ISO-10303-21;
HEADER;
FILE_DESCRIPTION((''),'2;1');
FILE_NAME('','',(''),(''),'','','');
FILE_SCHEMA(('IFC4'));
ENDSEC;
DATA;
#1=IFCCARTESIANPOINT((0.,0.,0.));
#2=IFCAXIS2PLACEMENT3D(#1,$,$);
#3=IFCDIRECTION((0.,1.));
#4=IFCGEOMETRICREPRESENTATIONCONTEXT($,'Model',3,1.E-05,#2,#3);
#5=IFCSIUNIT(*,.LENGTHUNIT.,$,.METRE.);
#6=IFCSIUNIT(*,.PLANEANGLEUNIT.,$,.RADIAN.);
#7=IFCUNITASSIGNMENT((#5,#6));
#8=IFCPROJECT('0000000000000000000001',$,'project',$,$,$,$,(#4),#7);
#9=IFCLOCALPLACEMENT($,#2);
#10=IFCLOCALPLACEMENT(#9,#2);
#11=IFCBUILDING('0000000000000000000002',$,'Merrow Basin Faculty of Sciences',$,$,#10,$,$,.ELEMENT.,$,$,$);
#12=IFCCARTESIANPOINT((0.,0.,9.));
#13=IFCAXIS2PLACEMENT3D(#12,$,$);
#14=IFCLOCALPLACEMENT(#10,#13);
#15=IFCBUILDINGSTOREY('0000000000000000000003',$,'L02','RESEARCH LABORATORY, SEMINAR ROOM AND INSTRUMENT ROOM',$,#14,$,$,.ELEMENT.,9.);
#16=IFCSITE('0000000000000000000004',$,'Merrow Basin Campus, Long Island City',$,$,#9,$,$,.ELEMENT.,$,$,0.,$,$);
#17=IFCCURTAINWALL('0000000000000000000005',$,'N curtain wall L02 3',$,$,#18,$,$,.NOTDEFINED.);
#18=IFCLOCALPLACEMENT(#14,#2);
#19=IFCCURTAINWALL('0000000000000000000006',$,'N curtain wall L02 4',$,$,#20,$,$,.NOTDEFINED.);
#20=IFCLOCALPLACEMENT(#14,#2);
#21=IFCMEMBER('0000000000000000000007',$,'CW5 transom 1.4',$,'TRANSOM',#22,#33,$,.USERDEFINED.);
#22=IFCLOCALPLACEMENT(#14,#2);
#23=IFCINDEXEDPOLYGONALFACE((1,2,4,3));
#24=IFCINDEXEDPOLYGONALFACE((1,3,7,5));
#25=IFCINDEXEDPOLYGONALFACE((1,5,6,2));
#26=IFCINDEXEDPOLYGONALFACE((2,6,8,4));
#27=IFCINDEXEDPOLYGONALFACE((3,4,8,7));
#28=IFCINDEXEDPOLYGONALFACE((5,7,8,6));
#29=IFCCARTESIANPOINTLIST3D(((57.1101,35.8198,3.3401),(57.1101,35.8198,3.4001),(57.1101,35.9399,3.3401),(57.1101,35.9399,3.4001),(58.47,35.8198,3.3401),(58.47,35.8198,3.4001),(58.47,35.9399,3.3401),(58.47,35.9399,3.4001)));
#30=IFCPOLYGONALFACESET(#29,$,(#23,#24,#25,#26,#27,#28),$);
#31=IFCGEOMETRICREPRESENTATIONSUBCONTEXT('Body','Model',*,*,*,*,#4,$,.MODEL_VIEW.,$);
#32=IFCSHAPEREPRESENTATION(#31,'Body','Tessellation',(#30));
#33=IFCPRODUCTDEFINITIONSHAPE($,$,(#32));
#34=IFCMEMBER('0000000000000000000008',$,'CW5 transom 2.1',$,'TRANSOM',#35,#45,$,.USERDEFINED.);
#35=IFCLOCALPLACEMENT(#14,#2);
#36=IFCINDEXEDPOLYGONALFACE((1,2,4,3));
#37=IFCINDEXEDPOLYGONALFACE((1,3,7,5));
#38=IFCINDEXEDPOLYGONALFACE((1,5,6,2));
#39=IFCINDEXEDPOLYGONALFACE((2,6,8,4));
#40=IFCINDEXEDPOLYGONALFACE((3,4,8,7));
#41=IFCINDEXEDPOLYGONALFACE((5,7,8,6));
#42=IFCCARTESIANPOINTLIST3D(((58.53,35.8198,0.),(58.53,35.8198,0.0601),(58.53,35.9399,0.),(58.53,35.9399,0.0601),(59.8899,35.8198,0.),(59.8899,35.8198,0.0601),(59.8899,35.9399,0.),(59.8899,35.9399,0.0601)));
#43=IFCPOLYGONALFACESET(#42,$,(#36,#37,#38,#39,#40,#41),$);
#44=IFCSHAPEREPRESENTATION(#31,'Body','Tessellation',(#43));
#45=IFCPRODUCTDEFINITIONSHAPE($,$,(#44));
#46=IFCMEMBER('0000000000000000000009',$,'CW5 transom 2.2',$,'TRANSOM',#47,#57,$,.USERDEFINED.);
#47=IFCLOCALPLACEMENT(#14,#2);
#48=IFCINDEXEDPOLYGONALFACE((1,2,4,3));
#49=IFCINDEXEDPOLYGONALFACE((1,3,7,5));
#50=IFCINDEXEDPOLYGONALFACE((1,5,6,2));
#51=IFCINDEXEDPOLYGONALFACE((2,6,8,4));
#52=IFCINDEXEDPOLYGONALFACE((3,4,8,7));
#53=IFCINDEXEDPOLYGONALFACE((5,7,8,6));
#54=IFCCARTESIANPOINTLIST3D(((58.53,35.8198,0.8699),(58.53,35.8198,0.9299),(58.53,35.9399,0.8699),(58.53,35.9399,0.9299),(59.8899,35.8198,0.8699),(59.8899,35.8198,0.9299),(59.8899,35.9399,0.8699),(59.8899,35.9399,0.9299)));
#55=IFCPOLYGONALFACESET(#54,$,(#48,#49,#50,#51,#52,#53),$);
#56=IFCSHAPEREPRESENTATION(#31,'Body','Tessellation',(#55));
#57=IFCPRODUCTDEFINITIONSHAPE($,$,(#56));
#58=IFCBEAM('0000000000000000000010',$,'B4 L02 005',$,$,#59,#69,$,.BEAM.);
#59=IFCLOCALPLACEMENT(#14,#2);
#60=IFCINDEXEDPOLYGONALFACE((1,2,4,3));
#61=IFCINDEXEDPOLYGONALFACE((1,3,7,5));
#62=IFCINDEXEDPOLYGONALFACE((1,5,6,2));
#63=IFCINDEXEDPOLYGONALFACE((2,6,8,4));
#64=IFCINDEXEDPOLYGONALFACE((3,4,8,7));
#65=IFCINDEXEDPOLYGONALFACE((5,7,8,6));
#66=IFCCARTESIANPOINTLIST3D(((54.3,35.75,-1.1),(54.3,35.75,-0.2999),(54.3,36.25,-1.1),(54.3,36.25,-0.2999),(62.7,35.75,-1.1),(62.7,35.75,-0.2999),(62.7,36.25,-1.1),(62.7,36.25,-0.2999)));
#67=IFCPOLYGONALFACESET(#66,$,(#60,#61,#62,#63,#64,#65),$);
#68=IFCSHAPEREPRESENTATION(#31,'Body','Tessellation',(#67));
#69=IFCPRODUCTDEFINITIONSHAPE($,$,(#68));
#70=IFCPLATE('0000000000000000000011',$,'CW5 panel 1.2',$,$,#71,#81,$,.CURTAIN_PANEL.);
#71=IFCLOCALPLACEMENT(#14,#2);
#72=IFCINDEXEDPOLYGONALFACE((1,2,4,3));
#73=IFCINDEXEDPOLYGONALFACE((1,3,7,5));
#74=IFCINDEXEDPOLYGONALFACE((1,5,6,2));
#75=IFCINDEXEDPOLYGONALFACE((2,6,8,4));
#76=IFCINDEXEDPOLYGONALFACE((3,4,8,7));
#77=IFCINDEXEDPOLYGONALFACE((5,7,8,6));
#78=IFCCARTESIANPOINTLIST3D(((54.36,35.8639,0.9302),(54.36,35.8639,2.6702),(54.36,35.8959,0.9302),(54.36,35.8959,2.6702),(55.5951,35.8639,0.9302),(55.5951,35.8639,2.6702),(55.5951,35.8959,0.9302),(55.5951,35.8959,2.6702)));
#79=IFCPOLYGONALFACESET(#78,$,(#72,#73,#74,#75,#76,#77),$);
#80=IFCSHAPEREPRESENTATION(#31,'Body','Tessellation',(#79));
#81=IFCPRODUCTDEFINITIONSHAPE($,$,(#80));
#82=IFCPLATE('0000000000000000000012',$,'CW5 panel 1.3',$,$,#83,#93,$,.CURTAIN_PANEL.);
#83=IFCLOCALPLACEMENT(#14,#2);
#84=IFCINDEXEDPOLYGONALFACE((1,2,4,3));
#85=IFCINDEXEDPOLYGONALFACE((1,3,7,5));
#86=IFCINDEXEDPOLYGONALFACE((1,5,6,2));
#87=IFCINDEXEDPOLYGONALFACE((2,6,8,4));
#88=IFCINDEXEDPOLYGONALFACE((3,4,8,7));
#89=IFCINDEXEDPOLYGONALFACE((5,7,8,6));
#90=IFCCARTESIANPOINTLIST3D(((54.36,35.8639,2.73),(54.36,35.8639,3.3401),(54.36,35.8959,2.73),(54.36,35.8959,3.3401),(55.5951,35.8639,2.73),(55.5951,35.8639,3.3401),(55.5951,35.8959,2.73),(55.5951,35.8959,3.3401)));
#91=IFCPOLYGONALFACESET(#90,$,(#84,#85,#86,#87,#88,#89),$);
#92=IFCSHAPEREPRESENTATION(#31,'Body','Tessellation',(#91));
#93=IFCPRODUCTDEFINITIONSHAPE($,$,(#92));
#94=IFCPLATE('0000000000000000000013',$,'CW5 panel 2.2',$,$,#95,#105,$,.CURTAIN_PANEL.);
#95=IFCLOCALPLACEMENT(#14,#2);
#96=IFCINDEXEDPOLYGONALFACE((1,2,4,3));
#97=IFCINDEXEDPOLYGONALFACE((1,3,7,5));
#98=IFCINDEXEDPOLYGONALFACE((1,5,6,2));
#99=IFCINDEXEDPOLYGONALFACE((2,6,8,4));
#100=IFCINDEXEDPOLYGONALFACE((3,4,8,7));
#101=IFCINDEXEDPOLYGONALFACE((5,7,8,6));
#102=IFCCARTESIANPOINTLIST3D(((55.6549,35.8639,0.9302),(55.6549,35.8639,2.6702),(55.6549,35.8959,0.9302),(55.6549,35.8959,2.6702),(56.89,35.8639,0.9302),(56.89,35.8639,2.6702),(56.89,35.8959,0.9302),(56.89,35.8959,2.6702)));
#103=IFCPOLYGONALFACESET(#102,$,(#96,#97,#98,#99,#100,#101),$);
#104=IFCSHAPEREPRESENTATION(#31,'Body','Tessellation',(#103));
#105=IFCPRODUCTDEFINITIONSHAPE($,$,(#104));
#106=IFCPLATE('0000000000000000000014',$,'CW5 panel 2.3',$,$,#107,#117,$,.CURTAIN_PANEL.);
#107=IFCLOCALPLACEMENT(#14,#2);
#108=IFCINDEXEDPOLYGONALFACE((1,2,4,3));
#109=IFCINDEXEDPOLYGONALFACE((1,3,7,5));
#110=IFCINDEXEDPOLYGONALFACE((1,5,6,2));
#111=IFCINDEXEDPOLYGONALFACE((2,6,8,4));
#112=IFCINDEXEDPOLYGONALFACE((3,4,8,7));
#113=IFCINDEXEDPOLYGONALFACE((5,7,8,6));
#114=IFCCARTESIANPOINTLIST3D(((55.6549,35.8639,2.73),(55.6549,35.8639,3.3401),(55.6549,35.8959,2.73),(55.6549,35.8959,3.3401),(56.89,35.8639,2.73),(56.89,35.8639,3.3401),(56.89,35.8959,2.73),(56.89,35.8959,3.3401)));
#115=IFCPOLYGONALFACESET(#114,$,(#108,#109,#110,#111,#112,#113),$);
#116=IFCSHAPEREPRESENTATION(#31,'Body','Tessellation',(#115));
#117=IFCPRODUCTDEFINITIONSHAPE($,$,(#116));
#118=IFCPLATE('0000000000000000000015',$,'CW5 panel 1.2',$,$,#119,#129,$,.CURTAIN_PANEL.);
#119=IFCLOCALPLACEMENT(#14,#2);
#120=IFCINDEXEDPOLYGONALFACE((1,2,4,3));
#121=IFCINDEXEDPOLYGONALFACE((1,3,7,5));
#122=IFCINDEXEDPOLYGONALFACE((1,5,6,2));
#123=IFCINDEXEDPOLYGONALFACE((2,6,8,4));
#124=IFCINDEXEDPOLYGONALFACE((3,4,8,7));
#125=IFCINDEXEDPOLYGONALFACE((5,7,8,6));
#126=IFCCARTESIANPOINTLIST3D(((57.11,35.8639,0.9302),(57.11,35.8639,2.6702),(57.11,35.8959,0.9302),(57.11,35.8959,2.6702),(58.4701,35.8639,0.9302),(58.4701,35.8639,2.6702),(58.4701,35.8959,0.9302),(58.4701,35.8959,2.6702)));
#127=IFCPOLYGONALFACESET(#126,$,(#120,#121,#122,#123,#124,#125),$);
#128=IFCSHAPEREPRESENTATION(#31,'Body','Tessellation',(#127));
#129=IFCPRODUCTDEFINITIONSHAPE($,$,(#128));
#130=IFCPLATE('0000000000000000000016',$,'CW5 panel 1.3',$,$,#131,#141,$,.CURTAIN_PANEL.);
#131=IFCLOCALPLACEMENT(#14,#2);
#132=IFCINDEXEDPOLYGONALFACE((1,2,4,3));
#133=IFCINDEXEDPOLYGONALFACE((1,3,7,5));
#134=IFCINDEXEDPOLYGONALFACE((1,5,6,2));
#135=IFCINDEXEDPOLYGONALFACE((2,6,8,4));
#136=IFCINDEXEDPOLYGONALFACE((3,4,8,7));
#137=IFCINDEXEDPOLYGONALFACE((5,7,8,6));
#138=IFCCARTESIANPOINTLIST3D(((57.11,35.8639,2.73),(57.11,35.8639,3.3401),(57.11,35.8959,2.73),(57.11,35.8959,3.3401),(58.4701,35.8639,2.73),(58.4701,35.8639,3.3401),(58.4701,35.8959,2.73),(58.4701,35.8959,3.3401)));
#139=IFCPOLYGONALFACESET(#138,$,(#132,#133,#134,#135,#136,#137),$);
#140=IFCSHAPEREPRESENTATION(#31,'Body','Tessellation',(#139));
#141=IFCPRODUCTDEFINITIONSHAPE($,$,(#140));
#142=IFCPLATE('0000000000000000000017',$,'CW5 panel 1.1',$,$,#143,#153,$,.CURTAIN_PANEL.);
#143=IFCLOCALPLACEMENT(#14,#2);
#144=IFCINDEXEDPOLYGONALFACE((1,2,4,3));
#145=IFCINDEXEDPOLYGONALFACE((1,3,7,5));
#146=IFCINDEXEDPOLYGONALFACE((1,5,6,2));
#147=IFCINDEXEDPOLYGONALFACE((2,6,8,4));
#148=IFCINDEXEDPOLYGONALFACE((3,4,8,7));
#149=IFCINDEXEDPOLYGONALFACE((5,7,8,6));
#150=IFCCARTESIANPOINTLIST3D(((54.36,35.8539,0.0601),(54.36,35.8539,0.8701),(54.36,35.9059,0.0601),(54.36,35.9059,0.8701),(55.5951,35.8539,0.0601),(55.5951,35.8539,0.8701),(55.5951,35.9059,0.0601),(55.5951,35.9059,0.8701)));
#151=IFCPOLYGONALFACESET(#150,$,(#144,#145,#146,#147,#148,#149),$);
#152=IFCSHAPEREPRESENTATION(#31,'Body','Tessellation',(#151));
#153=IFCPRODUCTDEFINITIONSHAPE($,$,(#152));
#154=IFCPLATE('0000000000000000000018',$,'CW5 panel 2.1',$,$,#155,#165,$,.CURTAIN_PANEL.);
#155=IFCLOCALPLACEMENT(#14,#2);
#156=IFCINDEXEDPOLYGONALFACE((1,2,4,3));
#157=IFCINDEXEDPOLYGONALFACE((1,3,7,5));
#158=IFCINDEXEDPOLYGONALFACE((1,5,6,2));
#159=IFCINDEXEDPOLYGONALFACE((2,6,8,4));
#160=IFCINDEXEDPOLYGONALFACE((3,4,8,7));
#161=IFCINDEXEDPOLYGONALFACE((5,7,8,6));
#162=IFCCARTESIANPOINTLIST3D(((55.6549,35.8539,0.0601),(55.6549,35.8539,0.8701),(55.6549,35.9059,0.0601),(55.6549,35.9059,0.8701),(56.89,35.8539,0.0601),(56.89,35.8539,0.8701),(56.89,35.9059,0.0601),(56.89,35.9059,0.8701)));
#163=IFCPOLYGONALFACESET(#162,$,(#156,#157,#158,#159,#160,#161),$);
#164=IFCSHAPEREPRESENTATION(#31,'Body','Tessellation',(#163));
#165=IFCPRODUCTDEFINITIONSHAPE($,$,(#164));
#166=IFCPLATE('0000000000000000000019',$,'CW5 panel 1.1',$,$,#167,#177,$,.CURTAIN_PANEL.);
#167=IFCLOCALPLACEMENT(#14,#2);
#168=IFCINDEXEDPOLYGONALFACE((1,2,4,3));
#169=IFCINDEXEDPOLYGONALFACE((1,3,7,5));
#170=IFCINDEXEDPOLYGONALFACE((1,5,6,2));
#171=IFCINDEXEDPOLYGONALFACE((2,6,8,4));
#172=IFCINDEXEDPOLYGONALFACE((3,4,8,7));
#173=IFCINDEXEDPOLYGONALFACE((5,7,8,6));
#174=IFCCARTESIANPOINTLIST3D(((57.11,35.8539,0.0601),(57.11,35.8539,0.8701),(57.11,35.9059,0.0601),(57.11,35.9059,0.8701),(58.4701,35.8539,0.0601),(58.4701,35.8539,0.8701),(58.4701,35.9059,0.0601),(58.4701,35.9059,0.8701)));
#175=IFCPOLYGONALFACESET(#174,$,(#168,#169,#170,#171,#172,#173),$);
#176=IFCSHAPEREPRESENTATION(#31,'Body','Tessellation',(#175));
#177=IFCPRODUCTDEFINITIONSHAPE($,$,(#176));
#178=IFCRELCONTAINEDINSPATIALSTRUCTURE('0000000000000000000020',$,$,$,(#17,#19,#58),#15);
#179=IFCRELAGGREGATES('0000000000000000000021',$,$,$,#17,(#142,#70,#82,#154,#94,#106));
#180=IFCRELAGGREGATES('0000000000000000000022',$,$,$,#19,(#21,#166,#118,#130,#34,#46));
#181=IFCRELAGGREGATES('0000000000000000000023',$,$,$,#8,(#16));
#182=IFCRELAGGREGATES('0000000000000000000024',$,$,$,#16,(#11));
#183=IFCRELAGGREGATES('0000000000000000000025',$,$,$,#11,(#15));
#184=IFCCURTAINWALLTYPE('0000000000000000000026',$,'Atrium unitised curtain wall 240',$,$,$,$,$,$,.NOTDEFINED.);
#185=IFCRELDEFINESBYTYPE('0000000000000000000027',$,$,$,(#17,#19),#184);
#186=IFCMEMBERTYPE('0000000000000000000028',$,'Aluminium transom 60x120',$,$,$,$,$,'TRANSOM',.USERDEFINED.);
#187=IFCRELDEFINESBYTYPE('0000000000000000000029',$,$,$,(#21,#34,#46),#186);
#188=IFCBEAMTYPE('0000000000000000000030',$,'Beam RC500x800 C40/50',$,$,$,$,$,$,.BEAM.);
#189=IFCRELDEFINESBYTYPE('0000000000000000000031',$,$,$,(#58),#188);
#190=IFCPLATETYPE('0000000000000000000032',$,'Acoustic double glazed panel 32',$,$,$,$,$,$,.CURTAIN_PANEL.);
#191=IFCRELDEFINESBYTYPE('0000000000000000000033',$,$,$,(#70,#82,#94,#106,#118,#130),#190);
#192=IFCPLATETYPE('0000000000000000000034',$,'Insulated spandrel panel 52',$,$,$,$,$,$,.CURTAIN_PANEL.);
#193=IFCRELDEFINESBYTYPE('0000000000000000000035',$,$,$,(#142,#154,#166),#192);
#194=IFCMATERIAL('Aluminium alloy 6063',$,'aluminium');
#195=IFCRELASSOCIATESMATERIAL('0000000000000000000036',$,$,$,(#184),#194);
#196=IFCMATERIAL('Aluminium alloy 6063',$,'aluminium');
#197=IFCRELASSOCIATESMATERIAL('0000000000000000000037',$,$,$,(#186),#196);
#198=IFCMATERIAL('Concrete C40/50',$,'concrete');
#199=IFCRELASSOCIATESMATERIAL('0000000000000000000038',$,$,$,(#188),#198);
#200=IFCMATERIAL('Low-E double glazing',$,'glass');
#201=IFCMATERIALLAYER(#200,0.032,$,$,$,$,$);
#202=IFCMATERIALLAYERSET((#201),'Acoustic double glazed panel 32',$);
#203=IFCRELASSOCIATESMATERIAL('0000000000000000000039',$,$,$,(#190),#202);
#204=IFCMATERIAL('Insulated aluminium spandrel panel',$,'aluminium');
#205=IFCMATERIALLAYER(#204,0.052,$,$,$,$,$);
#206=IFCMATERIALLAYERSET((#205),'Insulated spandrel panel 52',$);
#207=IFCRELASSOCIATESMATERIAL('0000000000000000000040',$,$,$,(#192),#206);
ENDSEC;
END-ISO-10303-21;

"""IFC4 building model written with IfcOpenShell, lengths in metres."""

from ifc_helpers import new_model, si_unit, direction, frame, origin, origin_2d, place, context, subcontext, project, spatial, rectangle, extrude, material, layer, layer_set, material_profile, profile_set, type_object, element, aggregate, save


model = new_model("IFC4")

# Units and contexts
model_context = context("Model", 3, precision=1e-05, world=origin(), true_north=direction((0.0, 1.0)))
body_context = subcontext(model_context, "Body", "Model", "MODEL_VIEW")
ifc_project = project(units=[si_unit("LENGTHUNIT", "METRE"), si_unit("PLANEANGLEUNIT", "RADIAN")], contexts=[model_context])

# Site, building, storey
site_placement = place(None, origin())
site = spatial("IfcSite", under=ifc_project, at=site_placement, Name="Merrow Basin Campus, Long Island City", CompositionType="ELEMENT", RefElevation=0.0)
building_placement = place(site_placement, origin())
building = spatial("IfcBuilding", under=site, at=building_placement, Name="Merrow Basin Faculty of Sciences", CompositionType="ELEMENT")
storey_placement = place(building_placement, frame((0.0, 0.0, 9.0)))
storey = spatial("IfcBuildingStorey", under=building, at=storey_placement, Name="L02", Description="RESEARCH LABORATORY, SEMINAR ROOM AND INSTRUMENT ROOM", CompositionType="ELEMENT", Elevation=9.0)

# Curtain walls
ifc_material_1 = material(Name="Aluminium alloy 6063", Category="aluminium")
curtain_wall_type = type_object("IfcCurtainWallType", Name="Atrium unitised curtain wall 240", PredefinedType="NOTDEFINED", material=ifc_material_1)
curtain_wall_1_placement = place(storey_placement, origin())
curtain_wall_1 = element("IfcCurtainWall", 1, at=curtain_wall_1_placement, inside=storey, type_object=curtain_wall_type, Name="N curtain wall L02 3", PredefinedType="NOTDEFINED")
curtain_wall_2_placement = place(storey_placement, origin())
curtain_wall_2 = element("IfcCurtainWall", 2, at=curtain_wall_2_placement, inside=storey, type_object=curtain_wall_type, Name="N curtain wall L02 4", PredefinedType="NOTDEFINED")

# Members
ifc_material_2 = material(Name="Aluminium alloy 6063", Category="aluminium")
ifc_material_profile_1 = material_profile(ifc_material_2, rectangle(XDim=0.1201, YDim=0.0601, at=origin_2d()))
ifc_profile_set_1 = profile_set([ifc_material_profile_1], Name="Aluminium alloy 6063")
member_type_1 = type_object("IfcMemberType", Name="Aluminium transom 60x120", ElementType="TRANSOM", PredefinedType="USERDEFINED", material=ifc_profile_set_1)
member_1_placement = place(storey_placement, frame((57.1101, 35.8799, 3.3701), z_axis=(1.0, 0.0, 0.0), x_axis=(0.0, 1.0, 0.0)))
member_1 = element("IfcMember", 3, at=member_1_placement, type_object=member_type_1, Name="CW5 transom 1.4", ObjectType="TRANSOM", PredefinedType="USERDEFINED", context=body_context, shape_type="SweptSolid", body=[
    extrude(rectangle(XDim=0.1201, YDim=0.0601, at=origin_2d()), origin(), (0.0, 0.0, 1.0), 1.3599),
])
member_2_placement = place(storey_placement, frame((58.53, 35.8799, 0.03), z_axis=(1.0, 0.0, 0.0), x_axis=(0.0, 1.0, 0.0)))
member_2 = element("IfcMember", 4, at=member_2_placement, type_object=member_type_1, Name="CW5 transom 2.1", ObjectType="TRANSOM", PredefinedType="USERDEFINED", context=body_context, shape_type="SweptSolid", body=[
    extrude(rectangle(XDim=0.1201, YDim=0.0601, at=origin_2d()), origin(), (0.0, 0.0, 1.0), 1.3599),
])
member_3_placement = place(storey_placement, frame((58.53, 35.8799, 0.8999), z_axis=(1.0, 0.0, 0.0), x_axis=(0.0, 1.0, 0.0)))
member_3 = element("IfcMember", 5, at=member_3_placement, type_object=member_type_1, Name="CW5 transom 2.2", ObjectType="TRANSOM", PredefinedType="USERDEFINED", context=body_context, shape_type="SweptSolid", body=[
    extrude(rectangle(XDim=0.1201, YDim=0.0601, at=origin_2d()), origin(), (0.0, 0.0, 1.0), 1.3599),
])

# Beam
ifc_material_3 = material(Name="Concrete C40/50", Category="concrete")
ifc_material_profile_2 = material_profile(ifc_material_3, rectangle(XDim=0.5, YDim=0.8, at=origin_2d()))
ifc_profile_set_2 = profile_set([ifc_material_profile_2], Name="Concrete C40/50")
beam_type = type_object("IfcBeamType", Name="Beam RC500x800 C40/50", PredefinedType="BEAM", material=ifc_profile_set_2)
beam_placement = place(storey_placement, frame((54.3, 36.0, -0.7), z_axis=(1.0, 0.0, 0.0), x_axis=(0.0, 1.0, 0.0)))
element("IfcBeam", 6, at=beam_placement, inside=storey, type_object=beam_type, Name="B4 L02 005", PredefinedType="BEAM", context=body_context, shape_type="SweptSolid", body=[
    extrude(rectangle(XDim=0.5, YDim=0.8, at=origin_2d()), origin(), (0.0, 0.0, 1.0), 8.3999),
])

# Plates
ifc_material_4 = material(Name="Low-E double glazing", Category="glass")
ifc_layer_1 = layer(ifc_material_4, 0.032)
ifc_layer_set_1 = layer_set([ifc_layer_1], Name="Acoustic double glazed panel 32")
plate_type_1 = type_object("IfcPlateType", Name="Acoustic double glazed panel 32", PredefinedType="CURTAIN_PANEL", material=ifc_layer_set_1)
plate_1_placement = place(storey_placement, frame((54.9775, 35.8799, 0.9302), z_axis=(0.0, 0.0, 1.0), x_axis=(1.0, 0.0, 0.0)))
plate_1 = element("IfcPlate", 7, at=plate_1_placement, type_object=plate_type_1, Name="CW5 panel 1.2", PredefinedType="CURTAIN_PANEL", context=body_context, shape_type="SweptSolid", body=[
    extrude(rectangle(XDim=1.2351, YDim=0.032, at=origin_2d()), origin(), (0.0, 0.0, 1.0), 1.74),
])
plate_2_placement = place(storey_placement, frame((54.9775, 35.8799, 2.73), z_axis=(0.0, 0.0, 1.0), x_axis=(1.0, 0.0, 0.0)))
plate_2 = element("IfcPlate", 8, at=plate_2_placement, type_object=plate_type_1, Name="CW5 panel 1.3", PredefinedType="CURTAIN_PANEL", context=body_context, shape_type="SweptSolid", body=[
    extrude(rectangle(XDim=1.2351, YDim=0.032, at=origin_2d()), origin(), (0.0, 0.0, 1.0), 0.6101),
])
plate_3_placement = place(storey_placement, frame((56.2725, 35.8799, 0.9302), z_axis=(0.0, 0.0, 1.0), x_axis=(1.0, 0.0, 0.0)))
plate_3 = element("IfcPlate", 9, at=plate_3_placement, type_object=plate_type_1, Name="CW5 panel 2.2", PredefinedType="CURTAIN_PANEL", context=body_context, shape_type="SweptSolid", body=[
    extrude(rectangle(XDim=1.2351, YDim=0.032, at=origin_2d()), origin(), (0.0, 0.0, 1.0), 1.74),
])
plate_4_placement = place(storey_placement, frame((56.2725, 35.8799, 2.73), z_axis=(0.0, 0.0, 1.0), x_axis=(1.0, 0.0, 0.0)))
plate_4 = element("IfcPlate", 10, at=plate_4_placement, type_object=plate_type_1, Name="CW5 panel 2.3", PredefinedType="CURTAIN_PANEL", context=body_context, shape_type="SweptSolid", body=[
    extrude(rectangle(XDim=1.2351, YDim=0.032, at=origin_2d()), origin(), (0.0, 0.0, 1.0), 0.6101),
])
plate_5_placement = place(storey_placement, frame((57.79, 35.8799, 0.9302), z_axis=(0.0, 0.0, 1.0), x_axis=(1.0, 0.0, 0.0)))
plate_5 = element("IfcPlate", 11, at=plate_5_placement, type_object=plate_type_1, Name="CW5 panel 1.2", PredefinedType="CURTAIN_PANEL", context=body_context, shape_type="SweptSolid", body=[
    extrude(rectangle(XDim=1.3601, YDim=0.032, at=origin_2d()), origin(), (0.0, 0.0, 1.0), 1.74),
])
plate_6_placement = place(storey_placement, frame((57.79, 35.8799, 2.73), z_axis=(0.0, 0.0, 1.0), x_axis=(1.0, 0.0, 0.0)))
plate_6 = element("IfcPlate", 12, at=plate_6_placement, type_object=plate_type_1, Name="CW5 panel 1.3", PredefinedType="CURTAIN_PANEL", context=body_context, shape_type="SweptSolid", body=[
    extrude(rectangle(XDim=1.3601, YDim=0.032, at=origin_2d()), origin(), (0.0, 0.0, 1.0), 0.6101),
])
ifc_material_5 = material(Name="Insulated aluminium spandrel panel", Category="aluminium")
ifc_layer_2 = layer(ifc_material_5, 0.052)
ifc_layer_set_2 = layer_set([ifc_layer_2], Name="Insulated spandrel panel 52")
plate_type_2 = type_object("IfcPlateType", Name="Insulated spandrel panel 52", PredefinedType="CURTAIN_PANEL", material=ifc_layer_set_2)
plate_7_placement = place(storey_placement, frame((54.9775, 35.8799, 0.0601), z_axis=(0.0, 0.0, 1.0), x_axis=(1.0, 0.0, 0.0)))
plate_7 = element("IfcPlate", 13, at=plate_7_placement, type_object=plate_type_2, Name="CW5 panel 1.1", PredefinedType="CURTAIN_PANEL", context=body_context, shape_type="SweptSolid", body=[
    extrude(rectangle(XDim=1.2351, YDim=0.052, at=origin_2d()), origin(), (0.0, 0.0, 1.0), 0.8101),
])
plate_8_placement = place(storey_placement, frame((56.2725, 35.8799, 0.0601), z_axis=(0.0, 0.0, 1.0), x_axis=(1.0, 0.0, 0.0)))
plate_8 = element("IfcPlate", 14, at=plate_8_placement, type_object=plate_type_2, Name="CW5 panel 2.1", PredefinedType="CURTAIN_PANEL", context=body_context, shape_type="SweptSolid", body=[
    extrude(rectangle(XDim=1.2351, YDim=0.052, at=origin_2d()), origin(), (0.0, 0.0, 1.0), 0.8101),
])
aggregate(curtain_wall_1, [plate_7, plate_1, plate_2, plate_8, plate_3, plate_4])
plate_9_placement = place(storey_placement, frame((57.79, 35.8799, 0.0601), z_axis=(0.0, 0.0, 1.0), x_axis=(1.0, 0.0, 0.0)))
plate_9 = element("IfcPlate", 15, at=plate_9_placement, type_object=plate_type_2, Name="CW5 panel 1.1", PredefinedType="CURTAIN_PANEL", context=body_context, shape_type="SweptSolid", body=[
    extrude(rectangle(XDim=1.3601, YDim=0.052, at=origin_2d()), origin(), (0.0, 0.0, 1.0), 0.8101),
])
aggregate(curtain_wall_2, [member_1, plate_9, plate_5, plate_6, member_2, member_3])

save(model, "model.ifc")
